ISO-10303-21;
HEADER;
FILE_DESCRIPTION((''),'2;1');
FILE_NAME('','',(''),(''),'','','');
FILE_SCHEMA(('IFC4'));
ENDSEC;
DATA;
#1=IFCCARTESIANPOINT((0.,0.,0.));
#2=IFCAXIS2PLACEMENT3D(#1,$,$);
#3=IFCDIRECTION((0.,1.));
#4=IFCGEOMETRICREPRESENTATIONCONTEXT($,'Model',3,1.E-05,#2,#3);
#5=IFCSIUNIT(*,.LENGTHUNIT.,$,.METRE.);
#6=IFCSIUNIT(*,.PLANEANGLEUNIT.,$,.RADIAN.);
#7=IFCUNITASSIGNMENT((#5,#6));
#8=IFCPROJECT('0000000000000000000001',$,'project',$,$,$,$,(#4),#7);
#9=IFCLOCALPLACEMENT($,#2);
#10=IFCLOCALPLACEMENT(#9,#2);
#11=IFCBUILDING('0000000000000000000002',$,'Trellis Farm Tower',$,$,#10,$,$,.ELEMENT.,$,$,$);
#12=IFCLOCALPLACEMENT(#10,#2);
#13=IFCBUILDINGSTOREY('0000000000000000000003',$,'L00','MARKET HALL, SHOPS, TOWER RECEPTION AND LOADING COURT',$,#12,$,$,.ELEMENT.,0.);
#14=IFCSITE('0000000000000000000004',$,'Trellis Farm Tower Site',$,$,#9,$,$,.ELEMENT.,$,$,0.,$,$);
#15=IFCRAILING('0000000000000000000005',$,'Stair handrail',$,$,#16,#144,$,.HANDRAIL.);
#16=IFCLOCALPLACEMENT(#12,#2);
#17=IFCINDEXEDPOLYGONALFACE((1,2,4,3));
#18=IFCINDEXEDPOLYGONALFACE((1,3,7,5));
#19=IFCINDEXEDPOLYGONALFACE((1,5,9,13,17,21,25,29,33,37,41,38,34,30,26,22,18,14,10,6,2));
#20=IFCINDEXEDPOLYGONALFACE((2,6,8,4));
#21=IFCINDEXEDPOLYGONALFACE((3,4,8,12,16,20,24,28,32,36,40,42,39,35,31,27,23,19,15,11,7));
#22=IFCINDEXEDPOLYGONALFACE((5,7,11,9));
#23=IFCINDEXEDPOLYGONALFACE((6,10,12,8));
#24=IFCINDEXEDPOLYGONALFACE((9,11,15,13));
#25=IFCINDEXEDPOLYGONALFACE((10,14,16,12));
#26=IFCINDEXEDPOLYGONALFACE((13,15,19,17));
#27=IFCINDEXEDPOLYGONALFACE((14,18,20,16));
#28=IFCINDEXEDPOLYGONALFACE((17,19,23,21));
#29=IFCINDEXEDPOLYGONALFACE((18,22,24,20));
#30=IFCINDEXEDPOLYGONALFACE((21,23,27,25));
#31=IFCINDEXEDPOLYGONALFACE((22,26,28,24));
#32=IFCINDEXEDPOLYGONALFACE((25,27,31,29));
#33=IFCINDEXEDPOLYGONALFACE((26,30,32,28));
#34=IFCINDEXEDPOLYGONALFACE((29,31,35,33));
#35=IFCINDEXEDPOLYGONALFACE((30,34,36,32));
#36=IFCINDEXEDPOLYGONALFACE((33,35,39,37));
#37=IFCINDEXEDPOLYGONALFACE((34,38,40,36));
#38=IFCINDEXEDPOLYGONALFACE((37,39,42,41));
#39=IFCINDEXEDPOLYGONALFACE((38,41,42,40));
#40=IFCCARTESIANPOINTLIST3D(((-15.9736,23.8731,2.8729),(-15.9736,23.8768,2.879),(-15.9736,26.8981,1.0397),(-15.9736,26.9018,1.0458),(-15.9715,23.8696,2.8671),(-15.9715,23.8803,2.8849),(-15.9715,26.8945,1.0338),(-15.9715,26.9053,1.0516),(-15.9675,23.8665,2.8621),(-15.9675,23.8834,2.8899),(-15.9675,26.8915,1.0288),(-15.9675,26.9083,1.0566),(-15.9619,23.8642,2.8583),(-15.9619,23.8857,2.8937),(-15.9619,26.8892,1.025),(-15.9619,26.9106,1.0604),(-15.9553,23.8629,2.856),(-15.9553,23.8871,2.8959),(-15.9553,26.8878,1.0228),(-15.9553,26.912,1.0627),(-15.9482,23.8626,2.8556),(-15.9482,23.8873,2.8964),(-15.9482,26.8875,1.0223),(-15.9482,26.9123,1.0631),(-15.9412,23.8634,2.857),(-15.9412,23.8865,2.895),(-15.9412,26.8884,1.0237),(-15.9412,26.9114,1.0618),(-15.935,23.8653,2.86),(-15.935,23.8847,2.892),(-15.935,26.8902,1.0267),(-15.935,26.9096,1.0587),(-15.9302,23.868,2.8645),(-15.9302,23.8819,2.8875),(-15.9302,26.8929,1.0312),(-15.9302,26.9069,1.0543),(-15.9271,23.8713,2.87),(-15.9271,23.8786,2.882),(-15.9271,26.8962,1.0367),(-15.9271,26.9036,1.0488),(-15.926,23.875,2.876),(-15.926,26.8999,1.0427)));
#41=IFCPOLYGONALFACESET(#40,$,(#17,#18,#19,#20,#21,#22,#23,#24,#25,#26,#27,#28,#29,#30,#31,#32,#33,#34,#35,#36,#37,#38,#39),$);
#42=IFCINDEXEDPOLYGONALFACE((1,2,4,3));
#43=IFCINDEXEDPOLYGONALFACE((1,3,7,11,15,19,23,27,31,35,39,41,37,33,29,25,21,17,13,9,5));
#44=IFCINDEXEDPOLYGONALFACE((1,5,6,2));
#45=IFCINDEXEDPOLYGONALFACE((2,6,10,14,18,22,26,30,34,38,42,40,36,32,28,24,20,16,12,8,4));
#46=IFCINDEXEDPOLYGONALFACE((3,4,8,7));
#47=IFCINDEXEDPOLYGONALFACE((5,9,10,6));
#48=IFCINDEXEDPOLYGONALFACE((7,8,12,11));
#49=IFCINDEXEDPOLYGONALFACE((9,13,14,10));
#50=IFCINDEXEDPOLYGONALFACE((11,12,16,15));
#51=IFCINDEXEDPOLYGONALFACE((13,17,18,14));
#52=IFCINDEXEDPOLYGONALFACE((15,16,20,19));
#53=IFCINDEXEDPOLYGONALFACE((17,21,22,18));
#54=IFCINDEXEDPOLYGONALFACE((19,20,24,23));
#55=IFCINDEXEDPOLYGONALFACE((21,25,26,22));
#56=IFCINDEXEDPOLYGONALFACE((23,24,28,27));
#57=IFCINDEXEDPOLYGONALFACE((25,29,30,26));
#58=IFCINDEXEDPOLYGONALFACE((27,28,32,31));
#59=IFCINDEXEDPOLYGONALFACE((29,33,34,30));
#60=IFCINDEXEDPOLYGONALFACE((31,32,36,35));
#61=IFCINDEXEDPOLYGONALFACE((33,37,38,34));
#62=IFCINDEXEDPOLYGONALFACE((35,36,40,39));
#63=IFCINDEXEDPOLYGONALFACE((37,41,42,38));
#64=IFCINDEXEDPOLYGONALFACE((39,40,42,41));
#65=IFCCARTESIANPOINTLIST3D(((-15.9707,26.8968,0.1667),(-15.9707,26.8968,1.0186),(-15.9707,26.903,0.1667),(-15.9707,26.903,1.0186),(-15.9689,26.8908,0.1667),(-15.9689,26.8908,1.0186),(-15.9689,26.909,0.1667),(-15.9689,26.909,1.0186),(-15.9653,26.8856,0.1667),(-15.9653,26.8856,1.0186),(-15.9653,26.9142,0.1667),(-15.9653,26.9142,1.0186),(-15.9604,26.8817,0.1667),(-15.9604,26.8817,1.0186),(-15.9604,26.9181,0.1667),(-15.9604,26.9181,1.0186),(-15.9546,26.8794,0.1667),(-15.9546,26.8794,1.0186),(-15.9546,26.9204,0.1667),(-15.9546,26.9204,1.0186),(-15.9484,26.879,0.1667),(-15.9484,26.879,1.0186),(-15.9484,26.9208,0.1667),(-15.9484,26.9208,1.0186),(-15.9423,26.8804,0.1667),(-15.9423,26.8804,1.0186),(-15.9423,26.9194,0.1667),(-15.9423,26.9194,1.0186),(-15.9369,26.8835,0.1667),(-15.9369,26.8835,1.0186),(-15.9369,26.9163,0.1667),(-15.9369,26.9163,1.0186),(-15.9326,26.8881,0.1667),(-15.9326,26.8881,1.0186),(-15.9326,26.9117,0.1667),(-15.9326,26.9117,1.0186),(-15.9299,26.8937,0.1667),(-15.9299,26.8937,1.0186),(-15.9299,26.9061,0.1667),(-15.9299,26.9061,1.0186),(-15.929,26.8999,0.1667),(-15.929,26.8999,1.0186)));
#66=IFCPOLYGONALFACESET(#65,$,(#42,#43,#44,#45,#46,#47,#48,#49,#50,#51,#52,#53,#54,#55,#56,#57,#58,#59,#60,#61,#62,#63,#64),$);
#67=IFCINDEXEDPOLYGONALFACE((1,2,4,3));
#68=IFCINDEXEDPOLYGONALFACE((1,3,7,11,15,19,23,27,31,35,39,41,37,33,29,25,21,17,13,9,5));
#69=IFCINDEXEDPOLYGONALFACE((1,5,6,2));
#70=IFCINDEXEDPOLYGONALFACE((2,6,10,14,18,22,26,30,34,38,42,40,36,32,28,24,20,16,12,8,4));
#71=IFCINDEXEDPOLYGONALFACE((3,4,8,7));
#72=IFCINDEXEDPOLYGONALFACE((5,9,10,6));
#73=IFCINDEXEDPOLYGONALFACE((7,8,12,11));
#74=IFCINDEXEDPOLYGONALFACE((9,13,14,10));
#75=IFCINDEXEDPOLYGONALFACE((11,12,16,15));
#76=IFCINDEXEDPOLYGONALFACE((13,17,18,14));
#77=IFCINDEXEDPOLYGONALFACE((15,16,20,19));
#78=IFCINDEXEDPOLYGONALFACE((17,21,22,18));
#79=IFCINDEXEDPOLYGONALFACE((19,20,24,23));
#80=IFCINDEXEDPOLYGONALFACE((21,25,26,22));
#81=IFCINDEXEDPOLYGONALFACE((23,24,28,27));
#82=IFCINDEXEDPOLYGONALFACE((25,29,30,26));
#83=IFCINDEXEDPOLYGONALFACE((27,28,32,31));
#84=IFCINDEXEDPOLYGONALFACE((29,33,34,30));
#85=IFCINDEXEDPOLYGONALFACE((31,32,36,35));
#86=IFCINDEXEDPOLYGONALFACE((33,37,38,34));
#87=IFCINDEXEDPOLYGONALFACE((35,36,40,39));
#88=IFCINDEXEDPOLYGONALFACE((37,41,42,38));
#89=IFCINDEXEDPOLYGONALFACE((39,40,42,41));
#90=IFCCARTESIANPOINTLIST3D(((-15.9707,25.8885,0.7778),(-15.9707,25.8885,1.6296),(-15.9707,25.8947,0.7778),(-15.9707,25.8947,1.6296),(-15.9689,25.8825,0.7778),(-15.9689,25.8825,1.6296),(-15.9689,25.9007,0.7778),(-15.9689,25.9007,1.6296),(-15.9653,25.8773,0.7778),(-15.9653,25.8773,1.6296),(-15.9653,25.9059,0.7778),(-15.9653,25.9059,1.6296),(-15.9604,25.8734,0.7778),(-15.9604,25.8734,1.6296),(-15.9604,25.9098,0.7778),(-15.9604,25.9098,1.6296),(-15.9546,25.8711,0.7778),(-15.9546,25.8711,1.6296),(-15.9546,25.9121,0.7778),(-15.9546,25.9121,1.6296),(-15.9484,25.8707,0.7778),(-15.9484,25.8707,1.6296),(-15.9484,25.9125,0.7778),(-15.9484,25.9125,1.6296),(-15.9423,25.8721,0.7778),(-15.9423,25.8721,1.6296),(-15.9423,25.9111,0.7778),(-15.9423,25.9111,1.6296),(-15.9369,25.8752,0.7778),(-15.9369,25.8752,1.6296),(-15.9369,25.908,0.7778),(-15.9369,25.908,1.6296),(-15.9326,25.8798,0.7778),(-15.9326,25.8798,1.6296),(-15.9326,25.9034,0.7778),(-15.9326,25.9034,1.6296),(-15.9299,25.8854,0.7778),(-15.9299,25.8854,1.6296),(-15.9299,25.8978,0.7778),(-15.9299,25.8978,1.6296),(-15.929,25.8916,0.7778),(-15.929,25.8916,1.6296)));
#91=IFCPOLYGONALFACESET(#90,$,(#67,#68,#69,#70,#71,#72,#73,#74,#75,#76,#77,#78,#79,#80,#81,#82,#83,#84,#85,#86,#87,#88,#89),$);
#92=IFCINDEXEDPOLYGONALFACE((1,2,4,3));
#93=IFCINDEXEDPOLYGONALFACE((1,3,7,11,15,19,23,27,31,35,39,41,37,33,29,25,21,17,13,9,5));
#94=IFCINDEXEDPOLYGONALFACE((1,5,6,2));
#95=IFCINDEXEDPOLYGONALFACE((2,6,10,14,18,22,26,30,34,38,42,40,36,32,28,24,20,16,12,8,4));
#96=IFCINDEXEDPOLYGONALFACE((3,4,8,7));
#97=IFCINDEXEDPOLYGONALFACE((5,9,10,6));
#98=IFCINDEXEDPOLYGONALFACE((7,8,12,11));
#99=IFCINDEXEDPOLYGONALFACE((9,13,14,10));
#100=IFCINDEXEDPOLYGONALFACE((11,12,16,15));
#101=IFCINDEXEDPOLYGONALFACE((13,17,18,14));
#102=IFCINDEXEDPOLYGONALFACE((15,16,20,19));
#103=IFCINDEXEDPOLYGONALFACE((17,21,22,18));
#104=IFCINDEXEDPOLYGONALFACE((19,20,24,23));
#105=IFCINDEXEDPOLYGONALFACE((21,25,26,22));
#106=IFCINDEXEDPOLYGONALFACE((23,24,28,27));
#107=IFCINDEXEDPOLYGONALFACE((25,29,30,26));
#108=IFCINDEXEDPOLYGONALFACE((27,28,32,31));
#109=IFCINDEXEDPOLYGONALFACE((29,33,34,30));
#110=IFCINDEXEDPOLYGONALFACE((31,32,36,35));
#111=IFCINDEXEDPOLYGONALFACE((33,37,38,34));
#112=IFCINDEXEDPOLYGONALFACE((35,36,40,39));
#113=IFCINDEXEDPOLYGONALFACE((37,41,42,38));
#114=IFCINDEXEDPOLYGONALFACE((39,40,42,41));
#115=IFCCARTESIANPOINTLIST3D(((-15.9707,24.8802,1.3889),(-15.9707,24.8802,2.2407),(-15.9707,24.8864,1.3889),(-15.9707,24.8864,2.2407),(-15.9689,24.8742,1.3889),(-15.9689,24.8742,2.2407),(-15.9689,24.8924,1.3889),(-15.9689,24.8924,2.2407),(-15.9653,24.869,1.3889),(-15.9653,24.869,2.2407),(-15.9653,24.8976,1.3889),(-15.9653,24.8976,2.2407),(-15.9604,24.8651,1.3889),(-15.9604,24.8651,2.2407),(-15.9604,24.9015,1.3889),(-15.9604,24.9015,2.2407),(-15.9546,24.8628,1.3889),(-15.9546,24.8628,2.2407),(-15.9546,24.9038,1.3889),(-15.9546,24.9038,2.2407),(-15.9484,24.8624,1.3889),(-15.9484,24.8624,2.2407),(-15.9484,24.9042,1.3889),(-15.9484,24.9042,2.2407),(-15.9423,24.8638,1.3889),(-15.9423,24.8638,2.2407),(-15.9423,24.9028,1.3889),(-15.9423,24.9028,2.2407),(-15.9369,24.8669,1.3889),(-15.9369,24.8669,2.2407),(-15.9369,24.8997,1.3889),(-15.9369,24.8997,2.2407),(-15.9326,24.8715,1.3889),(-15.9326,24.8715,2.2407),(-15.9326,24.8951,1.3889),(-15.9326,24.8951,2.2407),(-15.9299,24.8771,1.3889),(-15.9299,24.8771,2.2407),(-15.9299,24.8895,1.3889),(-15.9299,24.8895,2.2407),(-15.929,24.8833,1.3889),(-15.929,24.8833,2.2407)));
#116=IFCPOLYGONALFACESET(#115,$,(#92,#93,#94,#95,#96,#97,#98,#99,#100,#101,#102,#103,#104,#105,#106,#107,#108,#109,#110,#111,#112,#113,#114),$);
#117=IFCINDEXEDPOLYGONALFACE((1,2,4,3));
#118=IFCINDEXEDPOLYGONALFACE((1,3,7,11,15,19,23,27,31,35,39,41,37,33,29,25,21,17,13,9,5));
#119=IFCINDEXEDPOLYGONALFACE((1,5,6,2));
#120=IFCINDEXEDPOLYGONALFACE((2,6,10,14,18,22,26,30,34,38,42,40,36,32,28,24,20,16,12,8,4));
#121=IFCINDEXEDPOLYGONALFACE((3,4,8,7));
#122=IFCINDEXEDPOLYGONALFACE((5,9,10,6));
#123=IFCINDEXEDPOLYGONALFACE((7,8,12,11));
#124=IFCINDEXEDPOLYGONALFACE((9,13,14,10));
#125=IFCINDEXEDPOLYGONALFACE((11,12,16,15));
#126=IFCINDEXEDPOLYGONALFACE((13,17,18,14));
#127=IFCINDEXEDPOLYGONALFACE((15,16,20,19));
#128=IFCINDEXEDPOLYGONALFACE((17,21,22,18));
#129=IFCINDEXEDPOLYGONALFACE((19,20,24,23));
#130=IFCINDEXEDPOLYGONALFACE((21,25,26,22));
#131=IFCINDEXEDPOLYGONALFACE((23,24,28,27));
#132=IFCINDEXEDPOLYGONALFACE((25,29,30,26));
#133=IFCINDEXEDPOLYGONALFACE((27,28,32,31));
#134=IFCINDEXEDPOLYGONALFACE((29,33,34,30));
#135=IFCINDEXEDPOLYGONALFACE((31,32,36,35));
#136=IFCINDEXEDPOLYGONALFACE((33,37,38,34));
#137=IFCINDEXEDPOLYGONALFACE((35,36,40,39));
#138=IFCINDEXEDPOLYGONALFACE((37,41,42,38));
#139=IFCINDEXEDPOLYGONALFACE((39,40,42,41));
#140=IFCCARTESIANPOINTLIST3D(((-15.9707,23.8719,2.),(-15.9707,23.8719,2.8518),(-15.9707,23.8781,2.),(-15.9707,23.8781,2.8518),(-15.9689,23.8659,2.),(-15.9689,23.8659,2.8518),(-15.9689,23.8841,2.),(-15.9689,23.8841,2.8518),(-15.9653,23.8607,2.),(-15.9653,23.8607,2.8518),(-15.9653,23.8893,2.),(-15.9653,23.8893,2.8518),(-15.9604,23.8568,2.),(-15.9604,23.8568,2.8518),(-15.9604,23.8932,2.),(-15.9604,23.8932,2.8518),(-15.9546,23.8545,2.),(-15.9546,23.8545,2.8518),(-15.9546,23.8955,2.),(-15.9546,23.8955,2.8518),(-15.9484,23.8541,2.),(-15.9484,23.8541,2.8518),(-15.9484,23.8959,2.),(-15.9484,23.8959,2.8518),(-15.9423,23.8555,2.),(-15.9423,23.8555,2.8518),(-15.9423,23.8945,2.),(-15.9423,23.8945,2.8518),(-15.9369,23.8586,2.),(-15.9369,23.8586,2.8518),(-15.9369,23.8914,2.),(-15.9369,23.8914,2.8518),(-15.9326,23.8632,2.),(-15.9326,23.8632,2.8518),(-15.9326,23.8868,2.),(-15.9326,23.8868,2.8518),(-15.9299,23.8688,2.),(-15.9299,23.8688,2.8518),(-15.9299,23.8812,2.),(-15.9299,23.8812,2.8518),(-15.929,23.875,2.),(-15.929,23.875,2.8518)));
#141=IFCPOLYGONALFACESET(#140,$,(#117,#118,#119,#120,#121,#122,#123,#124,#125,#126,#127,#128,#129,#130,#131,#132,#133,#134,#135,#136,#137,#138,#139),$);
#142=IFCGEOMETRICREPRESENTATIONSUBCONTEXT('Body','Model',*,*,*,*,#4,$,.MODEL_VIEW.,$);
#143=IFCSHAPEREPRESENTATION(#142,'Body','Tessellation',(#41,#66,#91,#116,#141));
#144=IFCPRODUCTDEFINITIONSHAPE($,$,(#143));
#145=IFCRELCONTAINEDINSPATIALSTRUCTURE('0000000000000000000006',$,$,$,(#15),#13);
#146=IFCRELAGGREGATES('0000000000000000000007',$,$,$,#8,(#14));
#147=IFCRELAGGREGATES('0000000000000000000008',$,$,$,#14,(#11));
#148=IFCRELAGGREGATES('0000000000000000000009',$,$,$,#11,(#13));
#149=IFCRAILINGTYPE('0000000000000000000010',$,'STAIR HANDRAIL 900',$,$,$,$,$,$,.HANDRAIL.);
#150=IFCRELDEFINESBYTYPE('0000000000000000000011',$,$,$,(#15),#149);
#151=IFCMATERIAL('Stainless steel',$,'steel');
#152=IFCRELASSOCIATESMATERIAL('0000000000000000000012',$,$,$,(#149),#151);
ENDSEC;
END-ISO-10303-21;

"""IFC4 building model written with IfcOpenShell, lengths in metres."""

from ifc_helpers import new_model, si_unit, direction, frame, origin, origin_2d, place, context, subcontext, project, spatial, circle, extrude, source, transform, mapped, material, type_object, element, save


model = new_model("IFC4")

# Units and contexts
model_context = context("Model", 3, precision=1e-05, world=origin(), true_north=direction((0.0, 1.0)))
body_context = subcontext(model_context, "Body", "Model", "MODEL_VIEW")
ifc_project = project(units=[si_unit("LENGTHUNIT", "METRE"), si_unit("PLANEANGLEUNIT", "RADIAN")], contexts=[model_context])

# Site, building, storey
site_placement = place(None, origin())
site = spatial("IfcSite", under=ifc_project, at=site_placement, Name="Trellis Farm Tower Site", CompositionType="ELEMENT", RefElevation=0.0)
building_placement = place(site_placement, origin())
building = spatial("IfcBuilding", under=site, at=building_placement, Name="Trellis Farm Tower", CompositionType="ELEMENT")
storey_placement = place(building_placement, origin())
storey = spatial("IfcBuildingStorey", under=building, at=storey_placement, Name="L00", Description="MARKET HALL, SHOPS, TOWER RECEPTION AND LOADING COURT", CompositionType="ELEMENT", Elevation=0.0)

# Railing
ifc_material_1 = material(Name="Stainless steel", Category="steel")
railing_type = type_object("IfcRailingType", Name="STAIR HANDRAIL 900", PredefinedType="HANDRAIL", material=ifc_material_1)
shared_shape_1 = source(origin(), body_context, "Body", "SweptSolid", [
    extrude(circle(Radius=0.0239, at=origin_2d()), frame((0.0, 0.0, 0.876), z_axis=(0.0, -0.855201, 0.518297), x_axis=(1.0, 0.0, 0.0)), (0.0, 0.0, 1.0), 3.5371),
    extrude(circle(Radius=0.021, at=origin_2d()), origin(), (0.0, 0.0, 1.0), 0.8518),
    extrude(circle(Radius=0.021, at=origin_2d()), frame((0.0, -1.0083, 0.6111)), (0.0, 0.0, 1.0), 0.8518),
    extrude(circle(Radius=0.021, at=origin_2d()), frame((0.0, -2.0166, 1.2222)), (0.0, 0.0, 1.0), 0.8518),
    extrude(circle(Radius=0.021, at=origin_2d()), frame((0.0, -3.0249, 1.8333)), (0.0, 0.0, 1.0), 0.8518),
])
for number, where, name in (
    (1, (-15.95, 26.8999, 0.1667), "Stair handrail"),
):
    element("IfcRailing", number, at=place(storey_placement, frame(where)), inside=storey, type_object=railing_type, Name=name, PredefinedType="HANDRAIL", context=body_context, shape_type="MappedRepresentation", body=[
        mapped(shared_shape_1, transform((0.0, 0.0, 0.0))),
    ])

save(model, "model.ifc")
